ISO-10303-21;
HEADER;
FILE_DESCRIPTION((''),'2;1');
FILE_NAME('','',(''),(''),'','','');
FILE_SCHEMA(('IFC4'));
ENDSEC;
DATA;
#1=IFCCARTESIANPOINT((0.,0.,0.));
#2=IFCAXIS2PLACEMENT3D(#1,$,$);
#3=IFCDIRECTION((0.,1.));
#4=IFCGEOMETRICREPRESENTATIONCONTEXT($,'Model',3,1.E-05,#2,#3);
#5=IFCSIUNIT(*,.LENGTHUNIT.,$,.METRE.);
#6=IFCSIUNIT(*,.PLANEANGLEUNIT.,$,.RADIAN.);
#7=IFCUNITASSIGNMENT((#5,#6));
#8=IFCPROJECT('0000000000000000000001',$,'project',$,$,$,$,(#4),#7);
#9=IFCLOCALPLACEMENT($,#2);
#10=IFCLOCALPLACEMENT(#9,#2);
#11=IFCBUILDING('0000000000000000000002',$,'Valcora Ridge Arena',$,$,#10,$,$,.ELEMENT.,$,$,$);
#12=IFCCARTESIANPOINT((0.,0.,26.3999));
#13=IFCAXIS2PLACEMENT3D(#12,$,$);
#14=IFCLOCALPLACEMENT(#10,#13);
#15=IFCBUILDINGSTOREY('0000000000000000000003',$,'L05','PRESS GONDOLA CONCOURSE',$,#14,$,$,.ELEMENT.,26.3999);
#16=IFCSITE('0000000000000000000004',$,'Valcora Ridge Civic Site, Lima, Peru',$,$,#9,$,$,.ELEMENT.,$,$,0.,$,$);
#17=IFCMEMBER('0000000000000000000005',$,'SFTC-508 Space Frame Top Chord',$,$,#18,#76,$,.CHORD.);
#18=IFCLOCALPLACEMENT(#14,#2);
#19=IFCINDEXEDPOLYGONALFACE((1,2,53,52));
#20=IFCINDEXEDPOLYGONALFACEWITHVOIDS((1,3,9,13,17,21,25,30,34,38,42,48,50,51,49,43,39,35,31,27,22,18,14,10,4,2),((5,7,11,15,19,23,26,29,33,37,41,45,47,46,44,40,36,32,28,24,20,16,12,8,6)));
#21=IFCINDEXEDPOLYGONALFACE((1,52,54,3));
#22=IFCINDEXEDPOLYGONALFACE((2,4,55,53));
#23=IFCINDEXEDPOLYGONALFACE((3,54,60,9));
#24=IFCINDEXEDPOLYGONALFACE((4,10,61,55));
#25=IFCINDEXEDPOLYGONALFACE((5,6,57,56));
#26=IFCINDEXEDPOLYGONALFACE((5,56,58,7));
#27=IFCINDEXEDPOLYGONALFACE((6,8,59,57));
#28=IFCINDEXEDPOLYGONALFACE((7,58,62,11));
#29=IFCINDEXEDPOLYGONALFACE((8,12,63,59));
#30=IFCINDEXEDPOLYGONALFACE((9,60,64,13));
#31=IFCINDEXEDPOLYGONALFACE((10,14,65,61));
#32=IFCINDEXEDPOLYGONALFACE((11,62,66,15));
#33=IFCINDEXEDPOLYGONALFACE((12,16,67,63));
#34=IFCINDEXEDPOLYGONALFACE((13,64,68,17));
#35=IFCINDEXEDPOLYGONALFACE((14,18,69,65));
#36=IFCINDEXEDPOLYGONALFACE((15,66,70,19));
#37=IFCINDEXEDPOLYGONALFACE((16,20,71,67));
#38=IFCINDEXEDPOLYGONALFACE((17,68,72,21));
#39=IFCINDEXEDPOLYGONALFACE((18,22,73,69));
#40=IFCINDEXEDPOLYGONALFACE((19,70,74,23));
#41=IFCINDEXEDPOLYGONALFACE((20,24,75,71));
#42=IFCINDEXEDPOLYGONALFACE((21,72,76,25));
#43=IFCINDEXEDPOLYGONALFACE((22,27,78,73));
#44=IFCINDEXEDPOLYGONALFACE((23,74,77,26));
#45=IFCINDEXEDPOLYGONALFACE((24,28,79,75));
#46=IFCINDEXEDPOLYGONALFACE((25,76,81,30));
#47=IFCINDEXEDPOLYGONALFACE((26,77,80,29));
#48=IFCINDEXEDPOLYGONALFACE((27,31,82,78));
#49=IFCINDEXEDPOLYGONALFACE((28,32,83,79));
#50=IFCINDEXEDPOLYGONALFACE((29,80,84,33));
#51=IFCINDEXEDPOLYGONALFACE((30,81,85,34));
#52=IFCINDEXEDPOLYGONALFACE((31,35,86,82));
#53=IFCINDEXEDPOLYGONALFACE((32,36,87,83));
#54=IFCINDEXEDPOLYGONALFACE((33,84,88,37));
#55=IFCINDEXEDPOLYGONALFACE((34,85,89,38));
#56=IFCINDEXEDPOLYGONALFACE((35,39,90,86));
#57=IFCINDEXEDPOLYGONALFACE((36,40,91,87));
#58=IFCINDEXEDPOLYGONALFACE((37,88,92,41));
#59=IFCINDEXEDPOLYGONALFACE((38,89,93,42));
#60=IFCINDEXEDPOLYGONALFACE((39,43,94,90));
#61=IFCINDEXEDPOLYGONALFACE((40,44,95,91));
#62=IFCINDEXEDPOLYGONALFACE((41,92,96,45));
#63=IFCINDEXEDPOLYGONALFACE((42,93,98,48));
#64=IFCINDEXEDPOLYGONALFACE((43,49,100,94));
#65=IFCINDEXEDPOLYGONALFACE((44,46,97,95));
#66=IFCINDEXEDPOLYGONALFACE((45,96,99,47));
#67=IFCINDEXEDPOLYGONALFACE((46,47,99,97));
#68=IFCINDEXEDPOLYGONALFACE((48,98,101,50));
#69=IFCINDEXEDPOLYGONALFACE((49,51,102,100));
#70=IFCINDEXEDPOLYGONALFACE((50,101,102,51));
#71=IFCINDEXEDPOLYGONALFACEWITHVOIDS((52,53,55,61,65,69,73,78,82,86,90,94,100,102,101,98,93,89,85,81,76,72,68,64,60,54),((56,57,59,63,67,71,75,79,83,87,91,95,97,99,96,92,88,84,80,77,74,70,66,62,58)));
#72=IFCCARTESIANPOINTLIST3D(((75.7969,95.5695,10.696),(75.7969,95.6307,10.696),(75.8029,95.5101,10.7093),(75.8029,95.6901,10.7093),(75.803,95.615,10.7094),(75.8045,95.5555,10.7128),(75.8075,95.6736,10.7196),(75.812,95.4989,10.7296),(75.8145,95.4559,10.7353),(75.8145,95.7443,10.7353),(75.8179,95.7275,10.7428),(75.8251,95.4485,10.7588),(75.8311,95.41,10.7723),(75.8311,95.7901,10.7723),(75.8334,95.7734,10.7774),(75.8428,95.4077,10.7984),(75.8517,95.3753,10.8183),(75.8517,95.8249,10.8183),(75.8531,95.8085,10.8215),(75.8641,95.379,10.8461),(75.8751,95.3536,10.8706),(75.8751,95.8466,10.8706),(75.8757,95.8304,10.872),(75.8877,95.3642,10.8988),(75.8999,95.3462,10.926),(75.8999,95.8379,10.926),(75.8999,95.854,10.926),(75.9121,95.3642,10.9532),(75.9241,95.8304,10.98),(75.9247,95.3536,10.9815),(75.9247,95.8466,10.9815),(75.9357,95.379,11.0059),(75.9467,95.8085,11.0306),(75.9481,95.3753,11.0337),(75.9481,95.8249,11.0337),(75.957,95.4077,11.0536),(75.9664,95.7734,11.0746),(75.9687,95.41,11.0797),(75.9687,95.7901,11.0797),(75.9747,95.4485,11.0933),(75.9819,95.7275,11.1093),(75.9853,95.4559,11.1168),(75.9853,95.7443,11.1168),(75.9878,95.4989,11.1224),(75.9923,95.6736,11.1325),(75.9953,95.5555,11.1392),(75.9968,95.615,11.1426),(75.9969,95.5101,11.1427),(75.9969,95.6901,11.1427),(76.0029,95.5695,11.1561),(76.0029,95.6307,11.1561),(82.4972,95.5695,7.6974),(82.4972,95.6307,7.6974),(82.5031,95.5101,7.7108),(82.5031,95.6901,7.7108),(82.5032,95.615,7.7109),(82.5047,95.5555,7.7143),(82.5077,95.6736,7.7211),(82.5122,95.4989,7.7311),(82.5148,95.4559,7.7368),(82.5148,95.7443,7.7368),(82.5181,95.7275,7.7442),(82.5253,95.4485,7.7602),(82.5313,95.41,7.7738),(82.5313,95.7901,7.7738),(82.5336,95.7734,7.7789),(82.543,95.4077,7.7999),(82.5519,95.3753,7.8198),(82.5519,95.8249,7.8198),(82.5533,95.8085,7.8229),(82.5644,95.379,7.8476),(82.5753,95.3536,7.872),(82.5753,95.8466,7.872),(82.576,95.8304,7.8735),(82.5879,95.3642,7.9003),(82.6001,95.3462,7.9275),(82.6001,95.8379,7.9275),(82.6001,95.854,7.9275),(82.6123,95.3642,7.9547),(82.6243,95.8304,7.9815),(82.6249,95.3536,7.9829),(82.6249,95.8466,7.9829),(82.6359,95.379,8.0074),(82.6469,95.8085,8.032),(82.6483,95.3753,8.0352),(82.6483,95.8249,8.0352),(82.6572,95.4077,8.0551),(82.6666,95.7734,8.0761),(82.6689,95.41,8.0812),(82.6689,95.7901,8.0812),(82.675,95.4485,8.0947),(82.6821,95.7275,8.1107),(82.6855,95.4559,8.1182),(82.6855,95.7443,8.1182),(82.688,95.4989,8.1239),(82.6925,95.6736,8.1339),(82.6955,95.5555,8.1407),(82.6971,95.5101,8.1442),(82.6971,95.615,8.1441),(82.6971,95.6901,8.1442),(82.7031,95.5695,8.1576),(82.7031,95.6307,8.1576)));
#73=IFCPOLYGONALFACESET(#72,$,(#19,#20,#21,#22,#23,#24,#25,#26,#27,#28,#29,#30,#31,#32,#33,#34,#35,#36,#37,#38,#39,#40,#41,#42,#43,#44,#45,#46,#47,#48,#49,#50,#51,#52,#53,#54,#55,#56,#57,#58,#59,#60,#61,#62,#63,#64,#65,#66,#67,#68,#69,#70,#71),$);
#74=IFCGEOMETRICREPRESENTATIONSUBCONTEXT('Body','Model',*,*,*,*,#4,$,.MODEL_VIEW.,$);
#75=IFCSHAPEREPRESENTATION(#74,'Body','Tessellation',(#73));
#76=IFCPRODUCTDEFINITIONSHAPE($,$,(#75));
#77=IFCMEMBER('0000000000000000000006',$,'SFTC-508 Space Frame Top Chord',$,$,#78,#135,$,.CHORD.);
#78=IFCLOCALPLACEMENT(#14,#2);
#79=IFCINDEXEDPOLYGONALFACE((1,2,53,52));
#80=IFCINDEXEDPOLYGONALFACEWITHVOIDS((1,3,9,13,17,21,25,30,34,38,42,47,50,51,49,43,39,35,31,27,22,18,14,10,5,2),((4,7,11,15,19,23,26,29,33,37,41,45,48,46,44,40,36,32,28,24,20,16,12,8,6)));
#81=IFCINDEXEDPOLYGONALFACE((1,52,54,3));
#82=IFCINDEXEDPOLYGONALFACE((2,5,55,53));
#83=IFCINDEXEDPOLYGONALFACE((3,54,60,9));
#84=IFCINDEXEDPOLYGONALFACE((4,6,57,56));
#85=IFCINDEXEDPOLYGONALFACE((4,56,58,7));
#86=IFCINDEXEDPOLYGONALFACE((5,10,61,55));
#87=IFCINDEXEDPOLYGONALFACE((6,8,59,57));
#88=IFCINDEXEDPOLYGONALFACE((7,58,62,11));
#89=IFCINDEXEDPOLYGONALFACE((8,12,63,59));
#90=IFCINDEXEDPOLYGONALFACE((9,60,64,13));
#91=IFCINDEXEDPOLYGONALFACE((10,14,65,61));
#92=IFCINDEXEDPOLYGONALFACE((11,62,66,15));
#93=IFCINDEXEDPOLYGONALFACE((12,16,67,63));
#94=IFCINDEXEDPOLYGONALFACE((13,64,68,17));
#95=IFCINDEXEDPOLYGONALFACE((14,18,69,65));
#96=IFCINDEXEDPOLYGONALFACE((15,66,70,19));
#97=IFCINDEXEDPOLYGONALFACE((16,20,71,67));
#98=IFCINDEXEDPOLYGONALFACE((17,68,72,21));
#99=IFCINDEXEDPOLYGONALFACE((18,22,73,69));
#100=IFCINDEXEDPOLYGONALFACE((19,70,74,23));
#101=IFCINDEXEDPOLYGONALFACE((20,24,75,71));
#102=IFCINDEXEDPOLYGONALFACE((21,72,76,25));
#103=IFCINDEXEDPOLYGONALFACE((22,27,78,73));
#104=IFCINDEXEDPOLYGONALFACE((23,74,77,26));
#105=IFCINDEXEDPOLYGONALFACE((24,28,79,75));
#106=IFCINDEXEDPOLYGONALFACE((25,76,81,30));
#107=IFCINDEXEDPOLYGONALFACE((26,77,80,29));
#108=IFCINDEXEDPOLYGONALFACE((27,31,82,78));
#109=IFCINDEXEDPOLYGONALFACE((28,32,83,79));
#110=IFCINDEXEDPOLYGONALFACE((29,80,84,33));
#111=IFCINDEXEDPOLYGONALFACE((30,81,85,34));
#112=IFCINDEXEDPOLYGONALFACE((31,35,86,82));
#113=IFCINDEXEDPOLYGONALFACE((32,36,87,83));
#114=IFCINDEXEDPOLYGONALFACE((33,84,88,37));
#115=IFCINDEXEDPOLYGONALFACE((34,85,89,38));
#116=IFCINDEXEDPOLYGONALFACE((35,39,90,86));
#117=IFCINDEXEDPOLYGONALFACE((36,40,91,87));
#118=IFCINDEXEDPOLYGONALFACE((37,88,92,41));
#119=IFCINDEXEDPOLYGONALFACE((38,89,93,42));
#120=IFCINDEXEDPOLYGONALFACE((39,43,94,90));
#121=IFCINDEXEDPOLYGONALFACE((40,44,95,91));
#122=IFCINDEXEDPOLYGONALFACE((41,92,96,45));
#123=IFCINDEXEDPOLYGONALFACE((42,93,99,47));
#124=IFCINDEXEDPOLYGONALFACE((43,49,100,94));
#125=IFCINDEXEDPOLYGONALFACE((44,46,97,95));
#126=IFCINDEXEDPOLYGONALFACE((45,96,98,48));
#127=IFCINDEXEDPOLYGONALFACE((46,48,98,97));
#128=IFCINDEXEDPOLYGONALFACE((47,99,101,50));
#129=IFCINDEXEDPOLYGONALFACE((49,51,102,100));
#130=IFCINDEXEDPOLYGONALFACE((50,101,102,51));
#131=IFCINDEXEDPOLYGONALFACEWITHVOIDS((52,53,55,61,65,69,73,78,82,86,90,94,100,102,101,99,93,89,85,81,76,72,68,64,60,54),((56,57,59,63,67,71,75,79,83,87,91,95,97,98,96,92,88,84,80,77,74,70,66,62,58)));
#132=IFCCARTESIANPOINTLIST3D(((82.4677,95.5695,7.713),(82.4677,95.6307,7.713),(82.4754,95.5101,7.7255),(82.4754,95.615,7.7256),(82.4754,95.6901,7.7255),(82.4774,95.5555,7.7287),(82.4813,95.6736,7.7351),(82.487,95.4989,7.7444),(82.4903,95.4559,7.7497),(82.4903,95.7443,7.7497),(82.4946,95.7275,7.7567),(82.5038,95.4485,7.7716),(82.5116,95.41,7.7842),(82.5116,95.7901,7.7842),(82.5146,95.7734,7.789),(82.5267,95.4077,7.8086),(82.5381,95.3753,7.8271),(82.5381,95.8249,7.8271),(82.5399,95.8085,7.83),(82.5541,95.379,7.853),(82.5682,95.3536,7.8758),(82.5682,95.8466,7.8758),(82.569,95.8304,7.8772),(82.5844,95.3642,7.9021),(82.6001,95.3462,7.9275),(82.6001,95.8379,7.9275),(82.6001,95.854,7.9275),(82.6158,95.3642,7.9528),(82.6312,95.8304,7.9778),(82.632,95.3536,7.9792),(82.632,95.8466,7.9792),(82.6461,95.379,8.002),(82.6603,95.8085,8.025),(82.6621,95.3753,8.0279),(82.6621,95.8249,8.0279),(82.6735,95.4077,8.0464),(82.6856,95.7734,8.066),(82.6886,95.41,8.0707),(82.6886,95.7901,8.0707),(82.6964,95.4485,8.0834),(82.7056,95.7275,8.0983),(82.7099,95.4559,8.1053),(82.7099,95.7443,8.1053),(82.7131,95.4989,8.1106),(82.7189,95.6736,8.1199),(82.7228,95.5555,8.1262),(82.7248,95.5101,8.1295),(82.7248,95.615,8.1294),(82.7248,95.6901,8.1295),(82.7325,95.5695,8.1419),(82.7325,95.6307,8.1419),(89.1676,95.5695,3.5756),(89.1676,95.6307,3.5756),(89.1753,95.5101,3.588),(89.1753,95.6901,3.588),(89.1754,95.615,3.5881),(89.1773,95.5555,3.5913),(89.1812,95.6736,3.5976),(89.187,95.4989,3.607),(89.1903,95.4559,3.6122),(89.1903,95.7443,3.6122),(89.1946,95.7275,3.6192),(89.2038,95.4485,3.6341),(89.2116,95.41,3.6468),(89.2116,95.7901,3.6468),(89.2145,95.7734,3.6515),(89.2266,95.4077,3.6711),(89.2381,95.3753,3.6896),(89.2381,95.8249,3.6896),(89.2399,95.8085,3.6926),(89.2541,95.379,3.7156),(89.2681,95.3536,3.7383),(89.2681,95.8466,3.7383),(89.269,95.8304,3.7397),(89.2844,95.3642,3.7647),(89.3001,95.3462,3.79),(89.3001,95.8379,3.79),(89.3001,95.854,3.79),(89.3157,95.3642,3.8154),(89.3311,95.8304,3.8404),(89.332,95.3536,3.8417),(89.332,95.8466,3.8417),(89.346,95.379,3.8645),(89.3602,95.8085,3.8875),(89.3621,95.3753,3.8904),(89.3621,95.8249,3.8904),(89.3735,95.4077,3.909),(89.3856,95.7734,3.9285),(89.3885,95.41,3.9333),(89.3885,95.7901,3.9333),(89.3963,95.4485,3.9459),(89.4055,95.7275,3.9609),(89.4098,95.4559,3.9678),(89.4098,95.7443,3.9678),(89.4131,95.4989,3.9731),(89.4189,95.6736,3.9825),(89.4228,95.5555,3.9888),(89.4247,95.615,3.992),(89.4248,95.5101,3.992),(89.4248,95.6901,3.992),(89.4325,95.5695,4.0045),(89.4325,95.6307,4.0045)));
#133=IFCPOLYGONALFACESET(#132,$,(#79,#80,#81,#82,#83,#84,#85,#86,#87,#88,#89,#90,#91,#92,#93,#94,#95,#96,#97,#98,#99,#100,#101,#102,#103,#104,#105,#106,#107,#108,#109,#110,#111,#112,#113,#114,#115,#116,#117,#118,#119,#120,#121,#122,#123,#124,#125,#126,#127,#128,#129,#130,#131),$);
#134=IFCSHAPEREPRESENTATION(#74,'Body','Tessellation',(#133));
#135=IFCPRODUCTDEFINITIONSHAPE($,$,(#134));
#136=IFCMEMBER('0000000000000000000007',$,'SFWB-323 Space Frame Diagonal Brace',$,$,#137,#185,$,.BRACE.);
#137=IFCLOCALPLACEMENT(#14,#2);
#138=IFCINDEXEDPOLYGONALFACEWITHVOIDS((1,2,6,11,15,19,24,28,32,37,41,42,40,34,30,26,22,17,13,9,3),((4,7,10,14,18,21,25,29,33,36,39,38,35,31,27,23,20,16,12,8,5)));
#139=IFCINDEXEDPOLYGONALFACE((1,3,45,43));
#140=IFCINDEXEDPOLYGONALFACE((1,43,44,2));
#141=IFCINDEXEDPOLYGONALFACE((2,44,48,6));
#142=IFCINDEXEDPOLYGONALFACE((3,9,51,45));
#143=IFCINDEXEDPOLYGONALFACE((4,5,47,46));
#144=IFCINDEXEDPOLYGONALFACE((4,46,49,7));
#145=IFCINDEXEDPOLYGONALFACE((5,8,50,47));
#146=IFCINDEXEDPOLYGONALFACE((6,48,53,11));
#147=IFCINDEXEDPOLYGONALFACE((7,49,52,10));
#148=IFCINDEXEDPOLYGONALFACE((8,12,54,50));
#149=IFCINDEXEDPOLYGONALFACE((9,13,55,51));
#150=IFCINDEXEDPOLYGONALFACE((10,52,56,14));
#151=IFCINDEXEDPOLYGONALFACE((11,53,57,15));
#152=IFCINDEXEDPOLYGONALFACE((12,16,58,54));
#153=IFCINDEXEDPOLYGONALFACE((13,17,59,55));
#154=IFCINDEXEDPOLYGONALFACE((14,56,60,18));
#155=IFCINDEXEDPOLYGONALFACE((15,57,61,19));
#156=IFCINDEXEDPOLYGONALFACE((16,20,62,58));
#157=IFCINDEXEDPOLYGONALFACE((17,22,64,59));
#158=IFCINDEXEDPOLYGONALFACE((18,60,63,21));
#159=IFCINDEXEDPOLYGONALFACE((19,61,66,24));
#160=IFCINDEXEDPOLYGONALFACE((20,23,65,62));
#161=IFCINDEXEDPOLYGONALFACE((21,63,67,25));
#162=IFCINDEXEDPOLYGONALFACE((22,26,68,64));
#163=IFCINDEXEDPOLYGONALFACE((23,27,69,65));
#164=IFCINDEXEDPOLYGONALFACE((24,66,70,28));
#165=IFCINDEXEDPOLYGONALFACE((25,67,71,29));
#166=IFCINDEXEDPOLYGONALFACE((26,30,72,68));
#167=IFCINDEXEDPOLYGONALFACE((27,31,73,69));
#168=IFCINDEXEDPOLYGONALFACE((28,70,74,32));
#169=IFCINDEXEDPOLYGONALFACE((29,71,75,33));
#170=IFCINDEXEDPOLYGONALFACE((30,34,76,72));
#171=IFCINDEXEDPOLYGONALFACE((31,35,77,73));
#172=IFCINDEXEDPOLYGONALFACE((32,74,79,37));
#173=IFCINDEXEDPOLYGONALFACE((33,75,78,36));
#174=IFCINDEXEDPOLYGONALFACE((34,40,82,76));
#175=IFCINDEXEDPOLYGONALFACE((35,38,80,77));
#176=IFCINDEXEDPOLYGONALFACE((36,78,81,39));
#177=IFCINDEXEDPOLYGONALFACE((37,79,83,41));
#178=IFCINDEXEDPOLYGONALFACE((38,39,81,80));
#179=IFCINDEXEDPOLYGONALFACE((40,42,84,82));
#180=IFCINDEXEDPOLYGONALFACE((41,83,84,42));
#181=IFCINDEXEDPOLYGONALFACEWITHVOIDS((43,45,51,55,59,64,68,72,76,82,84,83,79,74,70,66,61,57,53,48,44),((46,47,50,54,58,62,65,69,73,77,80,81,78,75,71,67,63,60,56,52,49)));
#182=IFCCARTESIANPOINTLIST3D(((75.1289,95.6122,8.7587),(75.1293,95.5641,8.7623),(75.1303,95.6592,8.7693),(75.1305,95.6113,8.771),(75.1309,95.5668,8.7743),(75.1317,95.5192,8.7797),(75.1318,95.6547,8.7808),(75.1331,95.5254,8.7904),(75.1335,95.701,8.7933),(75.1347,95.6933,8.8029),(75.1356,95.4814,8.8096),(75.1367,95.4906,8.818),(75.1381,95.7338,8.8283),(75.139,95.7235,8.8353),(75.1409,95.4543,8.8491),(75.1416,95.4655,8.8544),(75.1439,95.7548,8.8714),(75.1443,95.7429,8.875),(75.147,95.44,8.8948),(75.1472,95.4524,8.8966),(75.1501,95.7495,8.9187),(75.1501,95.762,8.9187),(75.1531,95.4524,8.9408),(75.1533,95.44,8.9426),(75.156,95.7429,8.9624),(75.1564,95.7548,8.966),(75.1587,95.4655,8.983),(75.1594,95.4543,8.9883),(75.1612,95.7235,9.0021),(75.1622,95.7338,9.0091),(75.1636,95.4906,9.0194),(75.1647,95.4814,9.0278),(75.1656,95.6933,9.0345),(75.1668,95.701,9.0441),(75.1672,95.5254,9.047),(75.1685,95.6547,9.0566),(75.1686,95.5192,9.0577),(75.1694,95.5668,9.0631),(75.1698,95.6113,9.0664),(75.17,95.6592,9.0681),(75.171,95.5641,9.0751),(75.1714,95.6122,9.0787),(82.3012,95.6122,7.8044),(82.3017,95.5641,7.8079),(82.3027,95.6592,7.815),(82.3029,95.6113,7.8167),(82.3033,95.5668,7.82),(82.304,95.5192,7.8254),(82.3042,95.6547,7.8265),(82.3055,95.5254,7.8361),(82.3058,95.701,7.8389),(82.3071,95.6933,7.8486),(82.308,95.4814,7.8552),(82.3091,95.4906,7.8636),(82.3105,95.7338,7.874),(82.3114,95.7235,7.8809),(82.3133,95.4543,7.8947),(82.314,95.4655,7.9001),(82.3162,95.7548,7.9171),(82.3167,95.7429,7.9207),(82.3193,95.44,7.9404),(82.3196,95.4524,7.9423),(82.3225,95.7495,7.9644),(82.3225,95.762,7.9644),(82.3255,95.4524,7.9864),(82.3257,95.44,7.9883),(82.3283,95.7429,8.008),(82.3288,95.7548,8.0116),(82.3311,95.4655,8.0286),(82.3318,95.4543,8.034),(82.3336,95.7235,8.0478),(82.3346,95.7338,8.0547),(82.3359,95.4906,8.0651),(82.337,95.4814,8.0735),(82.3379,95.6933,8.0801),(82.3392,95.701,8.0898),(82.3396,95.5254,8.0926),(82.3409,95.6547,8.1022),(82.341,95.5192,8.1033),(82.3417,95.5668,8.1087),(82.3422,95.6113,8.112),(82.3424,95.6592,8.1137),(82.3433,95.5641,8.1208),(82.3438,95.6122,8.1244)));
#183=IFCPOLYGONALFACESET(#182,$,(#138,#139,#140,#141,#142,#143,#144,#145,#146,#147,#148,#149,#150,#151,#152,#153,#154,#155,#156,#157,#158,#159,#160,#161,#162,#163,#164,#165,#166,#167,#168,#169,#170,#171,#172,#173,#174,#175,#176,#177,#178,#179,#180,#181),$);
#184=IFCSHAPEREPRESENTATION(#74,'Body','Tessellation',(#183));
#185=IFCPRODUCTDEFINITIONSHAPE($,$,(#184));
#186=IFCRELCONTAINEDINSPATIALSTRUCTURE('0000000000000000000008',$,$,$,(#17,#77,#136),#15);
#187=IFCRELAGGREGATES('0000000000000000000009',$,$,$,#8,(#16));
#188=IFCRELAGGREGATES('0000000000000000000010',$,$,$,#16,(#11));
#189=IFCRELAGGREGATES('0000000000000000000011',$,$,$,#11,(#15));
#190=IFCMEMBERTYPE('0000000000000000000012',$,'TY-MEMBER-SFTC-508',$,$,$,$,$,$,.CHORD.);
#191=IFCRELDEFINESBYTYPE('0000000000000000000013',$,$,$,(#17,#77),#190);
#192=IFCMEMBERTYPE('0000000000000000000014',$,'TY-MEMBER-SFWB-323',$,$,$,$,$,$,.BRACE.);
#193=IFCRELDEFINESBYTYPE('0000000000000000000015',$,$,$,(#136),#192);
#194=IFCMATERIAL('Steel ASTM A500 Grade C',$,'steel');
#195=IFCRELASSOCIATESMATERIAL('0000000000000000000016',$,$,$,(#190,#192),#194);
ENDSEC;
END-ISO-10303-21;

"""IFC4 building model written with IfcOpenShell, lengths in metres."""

from ifc_helpers import new_model, si_unit, direction, frame, origin, origin_2d, place, context, subcontext, project, spatial, hollow_circle, extrude, material, material_profile, profile_set, type_object, element, save


model = new_model("IFC4")

# Units and contexts
model_context = context("Model", 3, precision=1e-05, world=origin(), true_north=direction((0.0, 1.0)))
body_context = subcontext(model_context, "Body", "Model", "MODEL_VIEW")
ifc_project = project(units=[si_unit("LENGTHUNIT", "METRE"), si_unit("PLANEANGLEUNIT", "RADIAN")], contexts=[model_context])

# Site, building, storey
site_placement = place(None, origin())
site = spatial("IfcSite", under=ifc_project, at=site_placement, Name="Valcora Ridge Civic Site, Lima, Peru", CompositionType="ELEMENT", RefElevation=0.0)
building_placement = place(site_placement, origin())
building = spatial("IfcBuilding", under=site, at=building_placement, Name="Valcora Ridge Arena", CompositionType="ELEMENT")
storey_placement = place(building_placement, frame((0.0, 0.0, 26.3999)))
storey = spatial("IfcBuildingStorey", under=building, at=storey_placement, Name="L05", Description="PRESS GONDOLA CONCOURSE", CompositionType="ELEMENT", Elevation=26.3999)

# Members
ifc_material_1 = material(Name="Steel ASTM A500 Grade C", Category="steel")
ifc_material_profile_1 = material_profile(ifc_material_1, hollow_circle(Radius=0.2539, WallThickness=0.0161, at=origin_2d()), Name="CHS508X16")
ifc_profile_set_1 = profile_set([ifc_material_profile_1], Name="Steel ASTM A500 Grade C")
member_type_1 = type_object("IfcMemberType", Name="TY-MEMBER-SFTC-508", PredefinedType="CHORD", material=ifc_profile_set_1)
member_1_placement = place(storey_placement, frame((75.8999, 95.6001, 10.926), z_axis=(0.912763, 0.0, -0.408489), x_axis=(0.0, 1.0, 0.0)))
element("IfcMember", 1, at=member_1_placement, inside=storey, type_object=member_type_1, Name="SFTC-508 Space Frame Top Chord", PredefinedType="CHORD", context=body_context, shape_type="SweptSolid", body=[
    extrude(hollow_circle(Radius=0.2539, WallThickness=0.0161, at=origin_2d()), origin(), (0.0, 0.0, 1.0), 7.3406),
])
member_2_placement = place(storey_placement, frame((82.6001, 95.6001, 7.9275), z_axis=(0.850841, 0.0, -0.525424), x_axis=(0.0, 1.0, 0.0)))
element("IfcMember", 2, at=member_2_placement, inside=storey, type_object=member_type_1, Name="SFTC-508 Space Frame Top Chord", PredefinedType="CHORD", context=body_context, shape_type="SweptSolid", body=[
    extrude(hollow_circle(Radius=0.2539, WallThickness=0.0161, at=origin_2d()), origin(), (0.0, 0.0, 1.0), 7.8745),
])
ifc_material_profile_2 = material_profile(ifc_material_1, hollow_circle(Radius=0.1619, WallThickness=0.0125, at=origin_2d()), Name="CHS323X12")
ifc_profile_set_2 = profile_set([ifc_material_profile_2], Name="Steel ASTM A500 Grade C")
member_type_2 = type_object("IfcMemberType", Name="TY-MEMBER-SFWB-323", PredefinedType="BRACE", material=ifc_profile_set_2)
member_3_placement = place(storey_placement, frame((75.1501, 95.6001, 8.9187), z_axis=(0.991264, 0.0, -0.131896), x_axis=(0.0, 1.0, 0.0)))
element("IfcMember", 3, at=member_3_placement, inside=storey, type_object=member_type_2, Name="SFWB-323 Space Frame Diagonal Brace", PredefinedType="BRACE", context=body_context, shape_type="SweptSolid", body=[
    extrude(hollow_circle(Radius=0.1619, WallThickness=0.0125, at=origin_2d()), origin(), (0.0, 0.0, 1.0), 7.2356),
])

save(model, "model.ifc")
